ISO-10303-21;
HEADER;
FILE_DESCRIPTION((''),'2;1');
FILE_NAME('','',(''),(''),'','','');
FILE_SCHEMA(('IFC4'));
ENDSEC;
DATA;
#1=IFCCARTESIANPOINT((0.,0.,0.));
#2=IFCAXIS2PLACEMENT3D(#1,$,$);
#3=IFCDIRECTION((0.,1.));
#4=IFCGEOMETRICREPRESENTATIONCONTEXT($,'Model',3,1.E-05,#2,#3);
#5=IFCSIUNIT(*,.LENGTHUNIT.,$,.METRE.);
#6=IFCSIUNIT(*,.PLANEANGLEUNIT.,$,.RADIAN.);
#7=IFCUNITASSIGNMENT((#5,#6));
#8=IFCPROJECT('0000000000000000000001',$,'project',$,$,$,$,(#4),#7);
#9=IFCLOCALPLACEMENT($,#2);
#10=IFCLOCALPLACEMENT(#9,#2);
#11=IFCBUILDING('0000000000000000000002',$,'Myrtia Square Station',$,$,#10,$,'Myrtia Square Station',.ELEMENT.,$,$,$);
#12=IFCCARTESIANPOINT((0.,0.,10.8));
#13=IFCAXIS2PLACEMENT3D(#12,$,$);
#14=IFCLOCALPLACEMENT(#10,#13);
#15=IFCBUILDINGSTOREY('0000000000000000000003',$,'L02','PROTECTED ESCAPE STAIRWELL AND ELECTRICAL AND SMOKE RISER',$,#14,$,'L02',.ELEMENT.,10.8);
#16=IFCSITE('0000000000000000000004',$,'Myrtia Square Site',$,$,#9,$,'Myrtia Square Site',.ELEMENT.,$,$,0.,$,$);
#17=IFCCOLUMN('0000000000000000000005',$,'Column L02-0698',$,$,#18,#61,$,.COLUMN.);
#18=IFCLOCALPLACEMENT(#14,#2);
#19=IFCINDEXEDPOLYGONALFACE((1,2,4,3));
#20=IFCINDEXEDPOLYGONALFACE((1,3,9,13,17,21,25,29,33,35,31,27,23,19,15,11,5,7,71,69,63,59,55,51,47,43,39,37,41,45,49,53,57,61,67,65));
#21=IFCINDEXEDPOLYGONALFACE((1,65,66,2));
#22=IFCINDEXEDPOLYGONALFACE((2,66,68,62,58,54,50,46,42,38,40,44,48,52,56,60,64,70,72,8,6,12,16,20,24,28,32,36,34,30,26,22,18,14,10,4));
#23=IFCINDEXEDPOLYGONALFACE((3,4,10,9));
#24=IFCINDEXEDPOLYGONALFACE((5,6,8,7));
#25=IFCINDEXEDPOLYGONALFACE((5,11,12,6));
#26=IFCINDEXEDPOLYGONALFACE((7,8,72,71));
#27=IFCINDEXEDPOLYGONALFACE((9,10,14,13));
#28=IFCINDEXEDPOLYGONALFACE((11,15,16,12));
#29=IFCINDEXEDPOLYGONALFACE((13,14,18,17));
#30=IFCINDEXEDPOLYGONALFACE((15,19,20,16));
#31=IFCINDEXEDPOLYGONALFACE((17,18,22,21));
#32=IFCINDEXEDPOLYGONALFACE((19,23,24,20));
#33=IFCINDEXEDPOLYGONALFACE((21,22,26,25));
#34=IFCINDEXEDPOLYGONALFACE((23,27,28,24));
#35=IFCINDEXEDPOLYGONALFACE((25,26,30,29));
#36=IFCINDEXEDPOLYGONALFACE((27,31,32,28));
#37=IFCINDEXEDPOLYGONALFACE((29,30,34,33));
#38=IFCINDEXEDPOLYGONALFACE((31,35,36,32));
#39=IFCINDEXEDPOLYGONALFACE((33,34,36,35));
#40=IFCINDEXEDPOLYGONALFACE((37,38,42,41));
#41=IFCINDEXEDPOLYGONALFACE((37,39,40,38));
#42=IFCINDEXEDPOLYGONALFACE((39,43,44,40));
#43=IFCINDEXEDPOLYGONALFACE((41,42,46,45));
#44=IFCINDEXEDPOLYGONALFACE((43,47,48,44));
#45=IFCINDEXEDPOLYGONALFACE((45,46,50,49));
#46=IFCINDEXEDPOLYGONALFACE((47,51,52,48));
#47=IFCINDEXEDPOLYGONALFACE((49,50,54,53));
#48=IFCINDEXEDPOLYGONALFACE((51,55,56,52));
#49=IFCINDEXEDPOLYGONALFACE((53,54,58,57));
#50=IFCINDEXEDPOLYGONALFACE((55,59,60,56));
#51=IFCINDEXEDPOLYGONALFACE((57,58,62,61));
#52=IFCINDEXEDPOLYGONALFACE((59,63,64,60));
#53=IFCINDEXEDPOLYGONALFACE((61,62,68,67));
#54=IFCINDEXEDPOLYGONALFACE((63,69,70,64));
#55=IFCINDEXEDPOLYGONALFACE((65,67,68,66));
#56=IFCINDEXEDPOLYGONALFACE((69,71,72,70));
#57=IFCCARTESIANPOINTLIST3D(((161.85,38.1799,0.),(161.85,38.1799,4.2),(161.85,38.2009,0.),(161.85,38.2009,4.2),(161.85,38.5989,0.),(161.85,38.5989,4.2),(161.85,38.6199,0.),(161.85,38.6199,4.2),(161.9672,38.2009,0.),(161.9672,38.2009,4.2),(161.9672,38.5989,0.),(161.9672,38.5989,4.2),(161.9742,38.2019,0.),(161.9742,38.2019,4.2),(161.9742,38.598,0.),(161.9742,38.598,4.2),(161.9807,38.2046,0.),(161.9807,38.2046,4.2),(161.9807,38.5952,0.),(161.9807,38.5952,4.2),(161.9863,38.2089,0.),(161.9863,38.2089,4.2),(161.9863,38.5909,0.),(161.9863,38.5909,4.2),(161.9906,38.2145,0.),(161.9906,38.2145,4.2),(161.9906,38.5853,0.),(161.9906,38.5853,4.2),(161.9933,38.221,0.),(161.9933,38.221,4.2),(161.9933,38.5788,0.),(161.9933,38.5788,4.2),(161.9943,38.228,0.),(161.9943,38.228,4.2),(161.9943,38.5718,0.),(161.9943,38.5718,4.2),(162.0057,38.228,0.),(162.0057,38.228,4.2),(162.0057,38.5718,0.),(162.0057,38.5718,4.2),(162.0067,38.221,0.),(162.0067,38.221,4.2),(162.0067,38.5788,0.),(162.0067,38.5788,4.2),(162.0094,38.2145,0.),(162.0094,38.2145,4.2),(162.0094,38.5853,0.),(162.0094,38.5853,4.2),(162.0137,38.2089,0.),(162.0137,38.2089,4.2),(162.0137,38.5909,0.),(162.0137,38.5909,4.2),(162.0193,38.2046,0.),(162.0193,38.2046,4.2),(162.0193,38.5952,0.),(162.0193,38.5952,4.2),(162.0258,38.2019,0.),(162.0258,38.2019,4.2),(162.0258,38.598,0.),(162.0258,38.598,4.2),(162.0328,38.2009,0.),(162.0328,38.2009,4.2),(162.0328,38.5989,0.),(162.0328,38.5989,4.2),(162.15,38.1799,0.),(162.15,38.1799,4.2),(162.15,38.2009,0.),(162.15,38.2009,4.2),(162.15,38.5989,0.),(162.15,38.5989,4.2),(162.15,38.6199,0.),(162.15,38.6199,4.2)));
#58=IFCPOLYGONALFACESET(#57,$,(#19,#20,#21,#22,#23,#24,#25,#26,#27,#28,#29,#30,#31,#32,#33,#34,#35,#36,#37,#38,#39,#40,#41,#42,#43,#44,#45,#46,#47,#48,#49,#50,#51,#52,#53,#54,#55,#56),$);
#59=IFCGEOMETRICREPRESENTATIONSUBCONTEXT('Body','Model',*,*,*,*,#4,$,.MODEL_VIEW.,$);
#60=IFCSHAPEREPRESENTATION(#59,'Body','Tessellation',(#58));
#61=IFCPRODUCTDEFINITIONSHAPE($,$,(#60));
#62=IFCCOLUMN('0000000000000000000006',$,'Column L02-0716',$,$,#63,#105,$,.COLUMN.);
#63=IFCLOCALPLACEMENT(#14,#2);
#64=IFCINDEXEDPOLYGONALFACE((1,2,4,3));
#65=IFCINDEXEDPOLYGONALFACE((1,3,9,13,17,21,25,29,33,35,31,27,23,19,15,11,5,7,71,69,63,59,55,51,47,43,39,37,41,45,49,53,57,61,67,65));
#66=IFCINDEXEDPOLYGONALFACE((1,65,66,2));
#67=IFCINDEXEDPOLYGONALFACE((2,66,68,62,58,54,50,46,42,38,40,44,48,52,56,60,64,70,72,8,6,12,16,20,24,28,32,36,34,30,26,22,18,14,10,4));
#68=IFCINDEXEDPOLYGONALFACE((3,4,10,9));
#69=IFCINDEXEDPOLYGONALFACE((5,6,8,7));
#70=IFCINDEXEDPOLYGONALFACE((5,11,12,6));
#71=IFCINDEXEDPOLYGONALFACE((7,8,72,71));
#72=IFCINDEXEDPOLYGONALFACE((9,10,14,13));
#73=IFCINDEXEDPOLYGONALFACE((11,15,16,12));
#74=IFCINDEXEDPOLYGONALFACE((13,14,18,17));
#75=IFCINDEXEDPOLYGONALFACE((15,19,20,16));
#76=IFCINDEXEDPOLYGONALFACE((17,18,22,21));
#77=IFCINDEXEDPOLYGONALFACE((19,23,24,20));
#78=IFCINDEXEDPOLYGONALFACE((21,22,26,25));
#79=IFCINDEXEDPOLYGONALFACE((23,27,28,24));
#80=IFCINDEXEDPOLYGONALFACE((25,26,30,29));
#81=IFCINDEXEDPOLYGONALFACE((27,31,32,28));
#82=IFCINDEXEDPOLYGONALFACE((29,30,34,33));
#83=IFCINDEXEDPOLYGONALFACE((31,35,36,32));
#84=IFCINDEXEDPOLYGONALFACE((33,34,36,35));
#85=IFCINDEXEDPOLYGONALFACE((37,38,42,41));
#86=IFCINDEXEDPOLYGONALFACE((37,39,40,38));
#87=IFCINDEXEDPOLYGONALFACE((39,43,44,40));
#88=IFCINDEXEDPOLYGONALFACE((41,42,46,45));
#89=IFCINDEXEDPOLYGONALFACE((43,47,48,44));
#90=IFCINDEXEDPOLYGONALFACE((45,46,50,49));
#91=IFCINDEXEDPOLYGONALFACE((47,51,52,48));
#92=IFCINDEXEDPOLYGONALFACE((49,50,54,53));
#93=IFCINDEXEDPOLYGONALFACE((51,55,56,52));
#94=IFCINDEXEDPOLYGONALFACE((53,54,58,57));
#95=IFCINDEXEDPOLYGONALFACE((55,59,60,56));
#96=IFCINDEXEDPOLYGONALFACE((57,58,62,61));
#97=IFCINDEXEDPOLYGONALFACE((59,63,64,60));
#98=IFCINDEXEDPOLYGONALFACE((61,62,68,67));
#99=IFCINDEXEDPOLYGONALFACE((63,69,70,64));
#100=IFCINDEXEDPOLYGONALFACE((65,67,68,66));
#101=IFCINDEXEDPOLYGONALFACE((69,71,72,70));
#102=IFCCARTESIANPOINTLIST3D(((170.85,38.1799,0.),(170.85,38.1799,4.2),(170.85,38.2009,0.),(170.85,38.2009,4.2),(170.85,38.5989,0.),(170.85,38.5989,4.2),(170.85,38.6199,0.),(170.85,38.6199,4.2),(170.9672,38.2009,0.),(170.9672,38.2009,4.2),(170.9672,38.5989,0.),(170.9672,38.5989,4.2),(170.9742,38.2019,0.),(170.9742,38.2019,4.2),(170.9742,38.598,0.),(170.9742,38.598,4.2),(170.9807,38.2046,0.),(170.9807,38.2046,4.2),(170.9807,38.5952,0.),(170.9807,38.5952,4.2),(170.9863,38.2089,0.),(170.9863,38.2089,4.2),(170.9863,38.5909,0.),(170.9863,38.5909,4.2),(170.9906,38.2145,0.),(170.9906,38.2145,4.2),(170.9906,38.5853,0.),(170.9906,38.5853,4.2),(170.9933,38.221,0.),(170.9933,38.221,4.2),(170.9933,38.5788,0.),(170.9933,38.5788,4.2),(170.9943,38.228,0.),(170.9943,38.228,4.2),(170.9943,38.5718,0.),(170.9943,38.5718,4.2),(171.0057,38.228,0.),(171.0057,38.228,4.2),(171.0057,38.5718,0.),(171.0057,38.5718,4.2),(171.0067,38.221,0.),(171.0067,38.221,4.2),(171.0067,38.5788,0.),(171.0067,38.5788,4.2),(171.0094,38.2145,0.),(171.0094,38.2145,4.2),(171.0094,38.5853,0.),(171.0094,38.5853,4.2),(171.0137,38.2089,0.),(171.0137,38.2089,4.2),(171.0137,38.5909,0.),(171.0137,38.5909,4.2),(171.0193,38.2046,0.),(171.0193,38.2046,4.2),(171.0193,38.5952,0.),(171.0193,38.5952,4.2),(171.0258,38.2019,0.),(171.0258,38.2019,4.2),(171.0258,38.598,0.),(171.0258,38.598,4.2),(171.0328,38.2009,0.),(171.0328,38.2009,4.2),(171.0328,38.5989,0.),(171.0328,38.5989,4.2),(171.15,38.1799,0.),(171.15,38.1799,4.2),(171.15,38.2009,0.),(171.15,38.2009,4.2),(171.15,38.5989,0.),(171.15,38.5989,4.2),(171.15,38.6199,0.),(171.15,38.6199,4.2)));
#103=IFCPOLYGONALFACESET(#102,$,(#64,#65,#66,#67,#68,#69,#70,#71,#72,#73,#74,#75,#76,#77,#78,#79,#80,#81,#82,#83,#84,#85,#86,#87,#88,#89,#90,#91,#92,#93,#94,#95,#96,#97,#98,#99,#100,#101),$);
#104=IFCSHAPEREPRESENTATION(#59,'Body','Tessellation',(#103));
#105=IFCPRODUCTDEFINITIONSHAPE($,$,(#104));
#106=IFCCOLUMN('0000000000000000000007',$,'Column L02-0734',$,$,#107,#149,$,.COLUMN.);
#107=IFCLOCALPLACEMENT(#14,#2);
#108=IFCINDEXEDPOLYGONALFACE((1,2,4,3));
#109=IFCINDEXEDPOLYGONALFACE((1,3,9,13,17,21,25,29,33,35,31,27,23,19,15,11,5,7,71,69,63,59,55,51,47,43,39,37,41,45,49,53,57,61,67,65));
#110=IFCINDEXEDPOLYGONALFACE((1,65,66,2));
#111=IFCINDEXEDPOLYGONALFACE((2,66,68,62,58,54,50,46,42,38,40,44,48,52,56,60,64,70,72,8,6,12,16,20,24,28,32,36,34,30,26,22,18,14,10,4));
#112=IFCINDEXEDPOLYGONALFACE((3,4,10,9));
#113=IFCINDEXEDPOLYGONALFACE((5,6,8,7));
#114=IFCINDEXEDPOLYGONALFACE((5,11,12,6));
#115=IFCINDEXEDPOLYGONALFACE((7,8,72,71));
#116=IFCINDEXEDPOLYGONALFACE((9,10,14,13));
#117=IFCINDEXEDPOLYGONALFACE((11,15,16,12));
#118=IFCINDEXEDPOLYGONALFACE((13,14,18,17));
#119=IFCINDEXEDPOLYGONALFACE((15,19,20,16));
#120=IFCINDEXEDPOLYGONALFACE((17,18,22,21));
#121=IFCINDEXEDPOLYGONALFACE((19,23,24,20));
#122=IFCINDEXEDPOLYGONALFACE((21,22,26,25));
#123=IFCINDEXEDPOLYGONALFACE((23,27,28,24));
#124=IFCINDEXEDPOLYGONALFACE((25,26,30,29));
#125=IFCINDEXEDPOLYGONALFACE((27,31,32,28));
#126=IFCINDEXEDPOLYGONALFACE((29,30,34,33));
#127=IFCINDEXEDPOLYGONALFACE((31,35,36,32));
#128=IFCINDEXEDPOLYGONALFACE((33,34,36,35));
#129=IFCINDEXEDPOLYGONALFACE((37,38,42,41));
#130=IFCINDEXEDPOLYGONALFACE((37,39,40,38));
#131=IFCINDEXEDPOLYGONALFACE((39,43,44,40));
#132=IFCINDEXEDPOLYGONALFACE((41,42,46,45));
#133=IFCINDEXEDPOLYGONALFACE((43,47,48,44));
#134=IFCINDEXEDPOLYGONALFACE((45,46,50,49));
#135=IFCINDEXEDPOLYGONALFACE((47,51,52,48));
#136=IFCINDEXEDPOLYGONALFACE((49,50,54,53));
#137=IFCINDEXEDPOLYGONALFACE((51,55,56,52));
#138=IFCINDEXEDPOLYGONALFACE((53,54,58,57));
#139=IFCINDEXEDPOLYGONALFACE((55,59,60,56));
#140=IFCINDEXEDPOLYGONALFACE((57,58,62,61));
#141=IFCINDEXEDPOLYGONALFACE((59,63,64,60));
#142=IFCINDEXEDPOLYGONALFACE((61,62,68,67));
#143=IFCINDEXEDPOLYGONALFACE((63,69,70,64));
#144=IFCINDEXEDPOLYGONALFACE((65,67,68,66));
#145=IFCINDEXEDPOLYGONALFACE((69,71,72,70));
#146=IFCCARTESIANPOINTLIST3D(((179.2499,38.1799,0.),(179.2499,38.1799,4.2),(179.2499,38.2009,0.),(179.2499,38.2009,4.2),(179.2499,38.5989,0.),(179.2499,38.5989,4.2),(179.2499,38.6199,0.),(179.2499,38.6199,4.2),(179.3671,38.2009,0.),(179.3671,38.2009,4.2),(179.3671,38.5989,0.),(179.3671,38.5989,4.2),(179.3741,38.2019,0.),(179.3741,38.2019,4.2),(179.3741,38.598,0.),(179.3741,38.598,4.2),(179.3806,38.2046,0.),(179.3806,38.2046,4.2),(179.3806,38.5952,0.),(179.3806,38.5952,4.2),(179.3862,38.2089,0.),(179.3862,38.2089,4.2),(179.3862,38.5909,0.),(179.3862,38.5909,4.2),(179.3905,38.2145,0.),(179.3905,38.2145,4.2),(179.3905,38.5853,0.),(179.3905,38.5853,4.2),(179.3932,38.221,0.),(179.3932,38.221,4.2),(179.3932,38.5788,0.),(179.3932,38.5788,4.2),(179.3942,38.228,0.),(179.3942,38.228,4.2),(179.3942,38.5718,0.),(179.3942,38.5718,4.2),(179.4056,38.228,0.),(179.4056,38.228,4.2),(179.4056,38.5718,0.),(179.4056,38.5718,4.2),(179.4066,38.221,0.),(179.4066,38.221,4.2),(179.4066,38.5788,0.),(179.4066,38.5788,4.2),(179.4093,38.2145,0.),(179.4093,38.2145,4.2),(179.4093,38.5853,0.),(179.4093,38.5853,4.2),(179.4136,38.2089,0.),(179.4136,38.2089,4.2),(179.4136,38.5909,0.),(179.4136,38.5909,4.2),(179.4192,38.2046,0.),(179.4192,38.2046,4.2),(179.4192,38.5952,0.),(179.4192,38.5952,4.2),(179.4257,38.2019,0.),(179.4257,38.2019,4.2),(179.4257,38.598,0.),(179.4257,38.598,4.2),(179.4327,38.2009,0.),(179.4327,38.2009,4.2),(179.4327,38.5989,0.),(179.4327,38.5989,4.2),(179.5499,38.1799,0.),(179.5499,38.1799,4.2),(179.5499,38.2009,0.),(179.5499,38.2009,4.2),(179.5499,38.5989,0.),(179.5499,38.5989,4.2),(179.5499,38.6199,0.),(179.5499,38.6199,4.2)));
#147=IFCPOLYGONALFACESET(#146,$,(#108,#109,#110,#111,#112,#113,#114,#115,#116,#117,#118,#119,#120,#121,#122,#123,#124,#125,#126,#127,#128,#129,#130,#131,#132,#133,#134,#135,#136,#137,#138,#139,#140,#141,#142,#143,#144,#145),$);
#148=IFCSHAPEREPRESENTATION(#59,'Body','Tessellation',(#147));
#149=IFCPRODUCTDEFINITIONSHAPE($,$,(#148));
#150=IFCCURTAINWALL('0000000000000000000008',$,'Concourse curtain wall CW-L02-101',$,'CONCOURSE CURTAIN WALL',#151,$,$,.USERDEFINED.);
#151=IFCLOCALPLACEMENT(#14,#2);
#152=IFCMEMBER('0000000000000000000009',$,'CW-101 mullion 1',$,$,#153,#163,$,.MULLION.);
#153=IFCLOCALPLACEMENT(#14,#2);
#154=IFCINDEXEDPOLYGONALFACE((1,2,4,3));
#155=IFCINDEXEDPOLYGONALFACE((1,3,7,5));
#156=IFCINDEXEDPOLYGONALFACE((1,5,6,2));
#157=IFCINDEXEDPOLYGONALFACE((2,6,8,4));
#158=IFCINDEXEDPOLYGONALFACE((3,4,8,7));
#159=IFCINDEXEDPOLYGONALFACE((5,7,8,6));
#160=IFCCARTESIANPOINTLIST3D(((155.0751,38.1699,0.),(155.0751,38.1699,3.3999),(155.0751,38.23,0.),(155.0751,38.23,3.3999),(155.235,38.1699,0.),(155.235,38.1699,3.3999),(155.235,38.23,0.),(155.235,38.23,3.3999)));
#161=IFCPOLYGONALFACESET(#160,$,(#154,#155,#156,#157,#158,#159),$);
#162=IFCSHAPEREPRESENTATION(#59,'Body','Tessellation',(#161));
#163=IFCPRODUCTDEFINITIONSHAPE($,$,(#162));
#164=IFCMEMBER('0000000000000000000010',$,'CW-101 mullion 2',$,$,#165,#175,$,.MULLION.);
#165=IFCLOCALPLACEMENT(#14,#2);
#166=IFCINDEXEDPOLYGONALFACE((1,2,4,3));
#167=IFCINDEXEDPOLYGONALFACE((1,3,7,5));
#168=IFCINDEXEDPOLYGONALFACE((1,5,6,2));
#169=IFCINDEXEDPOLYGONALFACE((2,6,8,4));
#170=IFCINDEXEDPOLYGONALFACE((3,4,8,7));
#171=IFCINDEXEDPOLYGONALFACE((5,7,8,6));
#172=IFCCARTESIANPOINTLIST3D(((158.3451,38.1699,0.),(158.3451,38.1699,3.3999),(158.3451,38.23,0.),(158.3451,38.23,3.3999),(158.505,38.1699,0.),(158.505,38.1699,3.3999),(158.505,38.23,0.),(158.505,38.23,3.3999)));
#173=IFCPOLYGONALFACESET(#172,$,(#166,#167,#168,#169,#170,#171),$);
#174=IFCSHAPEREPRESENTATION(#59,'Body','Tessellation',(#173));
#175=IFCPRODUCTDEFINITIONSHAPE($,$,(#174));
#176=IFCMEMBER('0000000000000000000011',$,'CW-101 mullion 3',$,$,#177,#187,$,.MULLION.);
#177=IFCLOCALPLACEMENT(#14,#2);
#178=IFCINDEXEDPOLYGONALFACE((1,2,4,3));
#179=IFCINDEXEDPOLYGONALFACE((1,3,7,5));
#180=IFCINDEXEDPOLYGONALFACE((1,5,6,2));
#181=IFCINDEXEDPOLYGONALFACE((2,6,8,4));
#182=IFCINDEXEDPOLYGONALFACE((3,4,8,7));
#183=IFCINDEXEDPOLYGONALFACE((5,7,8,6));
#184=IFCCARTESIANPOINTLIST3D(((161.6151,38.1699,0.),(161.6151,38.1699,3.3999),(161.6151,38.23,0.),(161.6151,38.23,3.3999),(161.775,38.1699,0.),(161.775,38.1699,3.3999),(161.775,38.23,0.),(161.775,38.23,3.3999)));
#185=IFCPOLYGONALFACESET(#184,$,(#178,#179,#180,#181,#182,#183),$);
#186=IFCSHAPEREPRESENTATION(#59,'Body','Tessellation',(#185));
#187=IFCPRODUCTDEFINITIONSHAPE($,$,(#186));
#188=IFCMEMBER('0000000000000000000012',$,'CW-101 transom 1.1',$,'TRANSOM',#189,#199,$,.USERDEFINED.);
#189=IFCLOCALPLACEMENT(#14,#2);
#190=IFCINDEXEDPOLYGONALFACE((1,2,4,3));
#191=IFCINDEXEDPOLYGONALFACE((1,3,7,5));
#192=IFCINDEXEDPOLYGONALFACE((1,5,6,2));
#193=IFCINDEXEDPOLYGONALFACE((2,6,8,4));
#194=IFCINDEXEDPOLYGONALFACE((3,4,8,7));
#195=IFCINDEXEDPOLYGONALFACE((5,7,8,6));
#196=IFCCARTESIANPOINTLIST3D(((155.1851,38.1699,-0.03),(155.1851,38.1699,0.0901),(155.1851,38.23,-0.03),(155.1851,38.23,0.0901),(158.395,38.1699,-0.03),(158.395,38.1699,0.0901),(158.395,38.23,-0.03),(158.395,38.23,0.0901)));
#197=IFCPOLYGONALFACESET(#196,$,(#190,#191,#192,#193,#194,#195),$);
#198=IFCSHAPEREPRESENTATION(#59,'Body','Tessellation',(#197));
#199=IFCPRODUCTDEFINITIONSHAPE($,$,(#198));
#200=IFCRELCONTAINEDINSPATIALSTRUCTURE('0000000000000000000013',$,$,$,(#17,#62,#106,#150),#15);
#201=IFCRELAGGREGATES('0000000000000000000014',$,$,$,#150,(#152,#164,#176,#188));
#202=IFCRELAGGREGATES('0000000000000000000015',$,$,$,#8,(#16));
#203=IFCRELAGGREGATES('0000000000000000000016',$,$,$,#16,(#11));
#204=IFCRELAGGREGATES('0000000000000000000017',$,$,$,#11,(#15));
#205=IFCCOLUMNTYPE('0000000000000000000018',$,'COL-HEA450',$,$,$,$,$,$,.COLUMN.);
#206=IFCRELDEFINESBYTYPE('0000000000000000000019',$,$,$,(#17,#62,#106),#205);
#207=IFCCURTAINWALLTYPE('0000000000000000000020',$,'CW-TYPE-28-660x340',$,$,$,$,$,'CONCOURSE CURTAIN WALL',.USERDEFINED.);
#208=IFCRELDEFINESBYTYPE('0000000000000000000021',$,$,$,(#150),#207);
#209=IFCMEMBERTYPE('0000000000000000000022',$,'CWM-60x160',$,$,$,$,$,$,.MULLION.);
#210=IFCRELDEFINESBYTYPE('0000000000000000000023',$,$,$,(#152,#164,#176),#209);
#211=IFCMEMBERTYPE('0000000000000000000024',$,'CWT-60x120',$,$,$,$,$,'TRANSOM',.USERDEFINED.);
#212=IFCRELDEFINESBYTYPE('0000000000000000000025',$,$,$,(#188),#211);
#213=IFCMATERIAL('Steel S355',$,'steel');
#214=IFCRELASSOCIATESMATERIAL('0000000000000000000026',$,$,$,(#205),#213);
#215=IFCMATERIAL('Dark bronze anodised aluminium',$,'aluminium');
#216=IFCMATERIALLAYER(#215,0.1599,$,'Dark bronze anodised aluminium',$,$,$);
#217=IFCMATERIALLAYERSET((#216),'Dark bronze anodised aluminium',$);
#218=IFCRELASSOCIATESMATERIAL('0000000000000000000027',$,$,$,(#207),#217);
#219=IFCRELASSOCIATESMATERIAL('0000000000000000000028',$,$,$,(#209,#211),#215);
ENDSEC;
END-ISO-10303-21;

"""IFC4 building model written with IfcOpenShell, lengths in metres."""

from ifc_helpers import new_model, si_unit, direction, frame, origin, origin_2d, place, context, subcontext, project, spatial, rectangle, i_section, extrude, material, layer, layer_set, material_profile, profile_set, type_object, element, aggregate, save


model = new_model("IFC4")

# Units and contexts
model_context = context("Model", 3, precision=1e-05, world=origin(), true_north=direction((0.0, 1.0)))
body_context = subcontext(model_context, "Body", "Model", "MODEL_VIEW")
ifc_project = project(units=[si_unit("LENGTHUNIT", "METRE"), si_unit("PLANEANGLEUNIT", "RADIAN")], contexts=[model_context])

# Site, building, storey
site_placement = place(None, origin())
site = spatial("IfcSite", under=ifc_project, at=site_placement, Name="Myrtia Square Site", LongName="Myrtia Square Site", CompositionType="ELEMENT", RefElevation=0.0)
building_placement = place(site_placement, origin())
building = spatial("IfcBuilding", under=site, at=building_placement, Name="Myrtia Square Station", LongName="Myrtia Square Station", CompositionType="ELEMENT")
storey_placement = place(building_placement, frame((0.0, 0.0, 10.8)))
storey = spatial("IfcBuildingStorey", under=building, at=storey_placement, Name="L02", Description="PROTECTED ESCAPE STAIRWELL AND ELECTRICAL AND SMOKE RISER", LongName="L02", CompositionType="ELEMENT", Elevation=10.8)

# Columns
ifc_material_1 = material(Name="Steel S355", Category="steel")
ifc_material_profile_1 = material_profile(ifc_material_1, i_section(OverallWidth=0.3, OverallDepth=0.4399, WebThickness=0.0115, FlangeThickness=0.021, FilletRadius=0.0271, at=origin_2d()), Name="HEA 450")
ifc_profile_set_1 = profile_set([ifc_material_profile_1], Name="Steel S355")
column_type = type_object("IfcColumnType", Name="COL-HEA450", PredefinedType="COLUMN", material=ifc_profile_set_1)
for number, where, z_axis, x_axis, name in (
    (1, (162.0, 38.3999, 0.0), (0.0, 0.0, 1.0), (1.0, 0.0, 0.0), "Column L02-0698"),
    (2, (171.0, 38.3999, 0.0), (0.0, 0.0, 1.0), (1.0, 0.0, 0.0), "Column L02-0716"),
    (3, (179.3999, 38.3999, 0.0), (0.0, 0.0, 1.0), (1.0, 0.0, 0.0), "Column L02-0734"),
):
    element("IfcColumn", number, at=place(storey_placement, frame(where, z_axis=z_axis, x_axis=x_axis)), inside=storey, type_object=column_type, Name=name, PredefinedType="COLUMN", context=body_context, shape_type="SweptSolid", body=[
        extrude(i_section(OverallWidth=0.3, OverallDepth=0.4399, WebThickness=0.0115, FlangeThickness=0.021, FilletRadius=0.0271, at=origin_2d()), origin(), (0.0, 0.0, 1.0), 4.2),
    ])

# Curtain wall, members
ifc_material_2 = material(Name="Dark bronze anodised aluminium", Category="aluminium")
ifc_layer_1 = layer(ifc_material_2, 0.1599, Name="Dark bronze anodised aluminium")
ifc_layer_set_1 = layer_set([ifc_layer_1], Name="Dark bronze anodised aluminium")
curtain_wall_type = type_object("IfcCurtainWallType", Name="CW-TYPE-28-660x340", ElementType="CONCOURSE CURTAIN WALL", PredefinedType="USERDEFINED", material=ifc_layer_set_1)
curtain_wall_placement = place(storey_placement, origin())
curtain_wall = element("IfcCurtainWall", 4, at=curtain_wall_placement, inside=storey, type_object=curtain_wall_type, Name="Concourse curtain wall CW-L02-101", ObjectType="CONCOURSE CURTAIN WALL", PredefinedType="USERDEFINED")
ifc_material_profile_2 = material_profile(ifc_material_2, rectangle(XDim=0.0601, YDim=0.1599, at=origin_2d()), Name="ALU-M 60x160")
ifc_profile_set_2 = profile_set([ifc_material_profile_2], Name="Dark bronze anodised aluminium")
member_type_1 = type_object("IfcMemberType", Name="CWM-60x160", PredefinedType="MULLION", material=ifc_profile_set_2)
member_1_placement = place(storey_placement, frame((155.155, 38.2, 0.0), z_axis=(0.0, 0.0, 1.0), x_axis=(0.0, 1.0, 0.0)))
member_1 = element("IfcMember", 5, at=member_1_placement, type_object=member_type_1, Name="CW-101 mullion 1", PredefinedType="MULLION", context=body_context, shape_type="SweptSolid", body=[
    extrude(rectangle(XDim=0.0601, YDim=0.1599, at=origin_2d()), origin(), (0.0, 0.0, 1.0), 3.3999),
])
member_2_placement = place(storey_placement, frame((158.425, 38.2, 0.0), z_axis=(0.0, 0.0, 1.0), x_axis=(0.0, 1.0, 0.0)))
member_2 = element("IfcMember", 6, at=member_2_placement, type_object=member_type_1, Name="CW-101 mullion 2", PredefinedType="MULLION", context=body_context, shape_type="SweptSolid", body=[
    extrude(rectangle(XDim=0.0601, YDim=0.1599, at=origin_2d()), origin(), (0.0, 0.0, 1.0), 3.3999),
])
member_3_placement = place(storey_placement, frame((161.6951, 38.2, 0.0), z_axis=(0.0, 0.0, 1.0), x_axis=(0.0, 1.0, 0.0)))
member_3 = element("IfcMember", 7, at=member_3_placement, type_object=member_type_1, Name="CW-101 mullion 3", PredefinedType="MULLION", context=body_context, shape_type="SweptSolid", body=[
    extrude(rectangle(XDim=0.0601, YDim=0.1599, at=origin_2d()), origin(), (0.0, 0.0, 1.0), 3.3999),
])
ifc_material_profile_3 = material_profile(ifc_material_2, rectangle(XDim=0.0601, YDim=0.1201, at=origin_2d()), Name="ALU-T 60x120")
ifc_profile_set_3 = profile_set([ifc_material_profile_3], Name="Dark bronze anodised aluminium")
member_type_2 = type_object("IfcMemberType", Name="CWT-60x120", ElementType="TRANSOM", PredefinedType="USERDEFINED", material=ifc_profile_set_3)
member_4_placement = place(storey_placement, frame((155.1851, 38.2, 0.03), z_axis=(1.0, 0.0, 0.0), x_axis=(0.0, 1.0, 0.0)))
member_4 = element("IfcMember", 8, at=member_4_placement, type_object=member_type_2, Name="CW-101 transom 1.1", ObjectType="TRANSOM", PredefinedType="USERDEFINED", context=body_context, shape_type="SweptSolid", body=[
    extrude(rectangle(XDim=0.0601, YDim=0.1201, at=origin_2d()), origin(), (0.0, 0.0, 1.0), 3.21),
])

aggregate(curtain_wall, [member_1, member_2, member_3, member_4])

save(model, "model.ifc")
